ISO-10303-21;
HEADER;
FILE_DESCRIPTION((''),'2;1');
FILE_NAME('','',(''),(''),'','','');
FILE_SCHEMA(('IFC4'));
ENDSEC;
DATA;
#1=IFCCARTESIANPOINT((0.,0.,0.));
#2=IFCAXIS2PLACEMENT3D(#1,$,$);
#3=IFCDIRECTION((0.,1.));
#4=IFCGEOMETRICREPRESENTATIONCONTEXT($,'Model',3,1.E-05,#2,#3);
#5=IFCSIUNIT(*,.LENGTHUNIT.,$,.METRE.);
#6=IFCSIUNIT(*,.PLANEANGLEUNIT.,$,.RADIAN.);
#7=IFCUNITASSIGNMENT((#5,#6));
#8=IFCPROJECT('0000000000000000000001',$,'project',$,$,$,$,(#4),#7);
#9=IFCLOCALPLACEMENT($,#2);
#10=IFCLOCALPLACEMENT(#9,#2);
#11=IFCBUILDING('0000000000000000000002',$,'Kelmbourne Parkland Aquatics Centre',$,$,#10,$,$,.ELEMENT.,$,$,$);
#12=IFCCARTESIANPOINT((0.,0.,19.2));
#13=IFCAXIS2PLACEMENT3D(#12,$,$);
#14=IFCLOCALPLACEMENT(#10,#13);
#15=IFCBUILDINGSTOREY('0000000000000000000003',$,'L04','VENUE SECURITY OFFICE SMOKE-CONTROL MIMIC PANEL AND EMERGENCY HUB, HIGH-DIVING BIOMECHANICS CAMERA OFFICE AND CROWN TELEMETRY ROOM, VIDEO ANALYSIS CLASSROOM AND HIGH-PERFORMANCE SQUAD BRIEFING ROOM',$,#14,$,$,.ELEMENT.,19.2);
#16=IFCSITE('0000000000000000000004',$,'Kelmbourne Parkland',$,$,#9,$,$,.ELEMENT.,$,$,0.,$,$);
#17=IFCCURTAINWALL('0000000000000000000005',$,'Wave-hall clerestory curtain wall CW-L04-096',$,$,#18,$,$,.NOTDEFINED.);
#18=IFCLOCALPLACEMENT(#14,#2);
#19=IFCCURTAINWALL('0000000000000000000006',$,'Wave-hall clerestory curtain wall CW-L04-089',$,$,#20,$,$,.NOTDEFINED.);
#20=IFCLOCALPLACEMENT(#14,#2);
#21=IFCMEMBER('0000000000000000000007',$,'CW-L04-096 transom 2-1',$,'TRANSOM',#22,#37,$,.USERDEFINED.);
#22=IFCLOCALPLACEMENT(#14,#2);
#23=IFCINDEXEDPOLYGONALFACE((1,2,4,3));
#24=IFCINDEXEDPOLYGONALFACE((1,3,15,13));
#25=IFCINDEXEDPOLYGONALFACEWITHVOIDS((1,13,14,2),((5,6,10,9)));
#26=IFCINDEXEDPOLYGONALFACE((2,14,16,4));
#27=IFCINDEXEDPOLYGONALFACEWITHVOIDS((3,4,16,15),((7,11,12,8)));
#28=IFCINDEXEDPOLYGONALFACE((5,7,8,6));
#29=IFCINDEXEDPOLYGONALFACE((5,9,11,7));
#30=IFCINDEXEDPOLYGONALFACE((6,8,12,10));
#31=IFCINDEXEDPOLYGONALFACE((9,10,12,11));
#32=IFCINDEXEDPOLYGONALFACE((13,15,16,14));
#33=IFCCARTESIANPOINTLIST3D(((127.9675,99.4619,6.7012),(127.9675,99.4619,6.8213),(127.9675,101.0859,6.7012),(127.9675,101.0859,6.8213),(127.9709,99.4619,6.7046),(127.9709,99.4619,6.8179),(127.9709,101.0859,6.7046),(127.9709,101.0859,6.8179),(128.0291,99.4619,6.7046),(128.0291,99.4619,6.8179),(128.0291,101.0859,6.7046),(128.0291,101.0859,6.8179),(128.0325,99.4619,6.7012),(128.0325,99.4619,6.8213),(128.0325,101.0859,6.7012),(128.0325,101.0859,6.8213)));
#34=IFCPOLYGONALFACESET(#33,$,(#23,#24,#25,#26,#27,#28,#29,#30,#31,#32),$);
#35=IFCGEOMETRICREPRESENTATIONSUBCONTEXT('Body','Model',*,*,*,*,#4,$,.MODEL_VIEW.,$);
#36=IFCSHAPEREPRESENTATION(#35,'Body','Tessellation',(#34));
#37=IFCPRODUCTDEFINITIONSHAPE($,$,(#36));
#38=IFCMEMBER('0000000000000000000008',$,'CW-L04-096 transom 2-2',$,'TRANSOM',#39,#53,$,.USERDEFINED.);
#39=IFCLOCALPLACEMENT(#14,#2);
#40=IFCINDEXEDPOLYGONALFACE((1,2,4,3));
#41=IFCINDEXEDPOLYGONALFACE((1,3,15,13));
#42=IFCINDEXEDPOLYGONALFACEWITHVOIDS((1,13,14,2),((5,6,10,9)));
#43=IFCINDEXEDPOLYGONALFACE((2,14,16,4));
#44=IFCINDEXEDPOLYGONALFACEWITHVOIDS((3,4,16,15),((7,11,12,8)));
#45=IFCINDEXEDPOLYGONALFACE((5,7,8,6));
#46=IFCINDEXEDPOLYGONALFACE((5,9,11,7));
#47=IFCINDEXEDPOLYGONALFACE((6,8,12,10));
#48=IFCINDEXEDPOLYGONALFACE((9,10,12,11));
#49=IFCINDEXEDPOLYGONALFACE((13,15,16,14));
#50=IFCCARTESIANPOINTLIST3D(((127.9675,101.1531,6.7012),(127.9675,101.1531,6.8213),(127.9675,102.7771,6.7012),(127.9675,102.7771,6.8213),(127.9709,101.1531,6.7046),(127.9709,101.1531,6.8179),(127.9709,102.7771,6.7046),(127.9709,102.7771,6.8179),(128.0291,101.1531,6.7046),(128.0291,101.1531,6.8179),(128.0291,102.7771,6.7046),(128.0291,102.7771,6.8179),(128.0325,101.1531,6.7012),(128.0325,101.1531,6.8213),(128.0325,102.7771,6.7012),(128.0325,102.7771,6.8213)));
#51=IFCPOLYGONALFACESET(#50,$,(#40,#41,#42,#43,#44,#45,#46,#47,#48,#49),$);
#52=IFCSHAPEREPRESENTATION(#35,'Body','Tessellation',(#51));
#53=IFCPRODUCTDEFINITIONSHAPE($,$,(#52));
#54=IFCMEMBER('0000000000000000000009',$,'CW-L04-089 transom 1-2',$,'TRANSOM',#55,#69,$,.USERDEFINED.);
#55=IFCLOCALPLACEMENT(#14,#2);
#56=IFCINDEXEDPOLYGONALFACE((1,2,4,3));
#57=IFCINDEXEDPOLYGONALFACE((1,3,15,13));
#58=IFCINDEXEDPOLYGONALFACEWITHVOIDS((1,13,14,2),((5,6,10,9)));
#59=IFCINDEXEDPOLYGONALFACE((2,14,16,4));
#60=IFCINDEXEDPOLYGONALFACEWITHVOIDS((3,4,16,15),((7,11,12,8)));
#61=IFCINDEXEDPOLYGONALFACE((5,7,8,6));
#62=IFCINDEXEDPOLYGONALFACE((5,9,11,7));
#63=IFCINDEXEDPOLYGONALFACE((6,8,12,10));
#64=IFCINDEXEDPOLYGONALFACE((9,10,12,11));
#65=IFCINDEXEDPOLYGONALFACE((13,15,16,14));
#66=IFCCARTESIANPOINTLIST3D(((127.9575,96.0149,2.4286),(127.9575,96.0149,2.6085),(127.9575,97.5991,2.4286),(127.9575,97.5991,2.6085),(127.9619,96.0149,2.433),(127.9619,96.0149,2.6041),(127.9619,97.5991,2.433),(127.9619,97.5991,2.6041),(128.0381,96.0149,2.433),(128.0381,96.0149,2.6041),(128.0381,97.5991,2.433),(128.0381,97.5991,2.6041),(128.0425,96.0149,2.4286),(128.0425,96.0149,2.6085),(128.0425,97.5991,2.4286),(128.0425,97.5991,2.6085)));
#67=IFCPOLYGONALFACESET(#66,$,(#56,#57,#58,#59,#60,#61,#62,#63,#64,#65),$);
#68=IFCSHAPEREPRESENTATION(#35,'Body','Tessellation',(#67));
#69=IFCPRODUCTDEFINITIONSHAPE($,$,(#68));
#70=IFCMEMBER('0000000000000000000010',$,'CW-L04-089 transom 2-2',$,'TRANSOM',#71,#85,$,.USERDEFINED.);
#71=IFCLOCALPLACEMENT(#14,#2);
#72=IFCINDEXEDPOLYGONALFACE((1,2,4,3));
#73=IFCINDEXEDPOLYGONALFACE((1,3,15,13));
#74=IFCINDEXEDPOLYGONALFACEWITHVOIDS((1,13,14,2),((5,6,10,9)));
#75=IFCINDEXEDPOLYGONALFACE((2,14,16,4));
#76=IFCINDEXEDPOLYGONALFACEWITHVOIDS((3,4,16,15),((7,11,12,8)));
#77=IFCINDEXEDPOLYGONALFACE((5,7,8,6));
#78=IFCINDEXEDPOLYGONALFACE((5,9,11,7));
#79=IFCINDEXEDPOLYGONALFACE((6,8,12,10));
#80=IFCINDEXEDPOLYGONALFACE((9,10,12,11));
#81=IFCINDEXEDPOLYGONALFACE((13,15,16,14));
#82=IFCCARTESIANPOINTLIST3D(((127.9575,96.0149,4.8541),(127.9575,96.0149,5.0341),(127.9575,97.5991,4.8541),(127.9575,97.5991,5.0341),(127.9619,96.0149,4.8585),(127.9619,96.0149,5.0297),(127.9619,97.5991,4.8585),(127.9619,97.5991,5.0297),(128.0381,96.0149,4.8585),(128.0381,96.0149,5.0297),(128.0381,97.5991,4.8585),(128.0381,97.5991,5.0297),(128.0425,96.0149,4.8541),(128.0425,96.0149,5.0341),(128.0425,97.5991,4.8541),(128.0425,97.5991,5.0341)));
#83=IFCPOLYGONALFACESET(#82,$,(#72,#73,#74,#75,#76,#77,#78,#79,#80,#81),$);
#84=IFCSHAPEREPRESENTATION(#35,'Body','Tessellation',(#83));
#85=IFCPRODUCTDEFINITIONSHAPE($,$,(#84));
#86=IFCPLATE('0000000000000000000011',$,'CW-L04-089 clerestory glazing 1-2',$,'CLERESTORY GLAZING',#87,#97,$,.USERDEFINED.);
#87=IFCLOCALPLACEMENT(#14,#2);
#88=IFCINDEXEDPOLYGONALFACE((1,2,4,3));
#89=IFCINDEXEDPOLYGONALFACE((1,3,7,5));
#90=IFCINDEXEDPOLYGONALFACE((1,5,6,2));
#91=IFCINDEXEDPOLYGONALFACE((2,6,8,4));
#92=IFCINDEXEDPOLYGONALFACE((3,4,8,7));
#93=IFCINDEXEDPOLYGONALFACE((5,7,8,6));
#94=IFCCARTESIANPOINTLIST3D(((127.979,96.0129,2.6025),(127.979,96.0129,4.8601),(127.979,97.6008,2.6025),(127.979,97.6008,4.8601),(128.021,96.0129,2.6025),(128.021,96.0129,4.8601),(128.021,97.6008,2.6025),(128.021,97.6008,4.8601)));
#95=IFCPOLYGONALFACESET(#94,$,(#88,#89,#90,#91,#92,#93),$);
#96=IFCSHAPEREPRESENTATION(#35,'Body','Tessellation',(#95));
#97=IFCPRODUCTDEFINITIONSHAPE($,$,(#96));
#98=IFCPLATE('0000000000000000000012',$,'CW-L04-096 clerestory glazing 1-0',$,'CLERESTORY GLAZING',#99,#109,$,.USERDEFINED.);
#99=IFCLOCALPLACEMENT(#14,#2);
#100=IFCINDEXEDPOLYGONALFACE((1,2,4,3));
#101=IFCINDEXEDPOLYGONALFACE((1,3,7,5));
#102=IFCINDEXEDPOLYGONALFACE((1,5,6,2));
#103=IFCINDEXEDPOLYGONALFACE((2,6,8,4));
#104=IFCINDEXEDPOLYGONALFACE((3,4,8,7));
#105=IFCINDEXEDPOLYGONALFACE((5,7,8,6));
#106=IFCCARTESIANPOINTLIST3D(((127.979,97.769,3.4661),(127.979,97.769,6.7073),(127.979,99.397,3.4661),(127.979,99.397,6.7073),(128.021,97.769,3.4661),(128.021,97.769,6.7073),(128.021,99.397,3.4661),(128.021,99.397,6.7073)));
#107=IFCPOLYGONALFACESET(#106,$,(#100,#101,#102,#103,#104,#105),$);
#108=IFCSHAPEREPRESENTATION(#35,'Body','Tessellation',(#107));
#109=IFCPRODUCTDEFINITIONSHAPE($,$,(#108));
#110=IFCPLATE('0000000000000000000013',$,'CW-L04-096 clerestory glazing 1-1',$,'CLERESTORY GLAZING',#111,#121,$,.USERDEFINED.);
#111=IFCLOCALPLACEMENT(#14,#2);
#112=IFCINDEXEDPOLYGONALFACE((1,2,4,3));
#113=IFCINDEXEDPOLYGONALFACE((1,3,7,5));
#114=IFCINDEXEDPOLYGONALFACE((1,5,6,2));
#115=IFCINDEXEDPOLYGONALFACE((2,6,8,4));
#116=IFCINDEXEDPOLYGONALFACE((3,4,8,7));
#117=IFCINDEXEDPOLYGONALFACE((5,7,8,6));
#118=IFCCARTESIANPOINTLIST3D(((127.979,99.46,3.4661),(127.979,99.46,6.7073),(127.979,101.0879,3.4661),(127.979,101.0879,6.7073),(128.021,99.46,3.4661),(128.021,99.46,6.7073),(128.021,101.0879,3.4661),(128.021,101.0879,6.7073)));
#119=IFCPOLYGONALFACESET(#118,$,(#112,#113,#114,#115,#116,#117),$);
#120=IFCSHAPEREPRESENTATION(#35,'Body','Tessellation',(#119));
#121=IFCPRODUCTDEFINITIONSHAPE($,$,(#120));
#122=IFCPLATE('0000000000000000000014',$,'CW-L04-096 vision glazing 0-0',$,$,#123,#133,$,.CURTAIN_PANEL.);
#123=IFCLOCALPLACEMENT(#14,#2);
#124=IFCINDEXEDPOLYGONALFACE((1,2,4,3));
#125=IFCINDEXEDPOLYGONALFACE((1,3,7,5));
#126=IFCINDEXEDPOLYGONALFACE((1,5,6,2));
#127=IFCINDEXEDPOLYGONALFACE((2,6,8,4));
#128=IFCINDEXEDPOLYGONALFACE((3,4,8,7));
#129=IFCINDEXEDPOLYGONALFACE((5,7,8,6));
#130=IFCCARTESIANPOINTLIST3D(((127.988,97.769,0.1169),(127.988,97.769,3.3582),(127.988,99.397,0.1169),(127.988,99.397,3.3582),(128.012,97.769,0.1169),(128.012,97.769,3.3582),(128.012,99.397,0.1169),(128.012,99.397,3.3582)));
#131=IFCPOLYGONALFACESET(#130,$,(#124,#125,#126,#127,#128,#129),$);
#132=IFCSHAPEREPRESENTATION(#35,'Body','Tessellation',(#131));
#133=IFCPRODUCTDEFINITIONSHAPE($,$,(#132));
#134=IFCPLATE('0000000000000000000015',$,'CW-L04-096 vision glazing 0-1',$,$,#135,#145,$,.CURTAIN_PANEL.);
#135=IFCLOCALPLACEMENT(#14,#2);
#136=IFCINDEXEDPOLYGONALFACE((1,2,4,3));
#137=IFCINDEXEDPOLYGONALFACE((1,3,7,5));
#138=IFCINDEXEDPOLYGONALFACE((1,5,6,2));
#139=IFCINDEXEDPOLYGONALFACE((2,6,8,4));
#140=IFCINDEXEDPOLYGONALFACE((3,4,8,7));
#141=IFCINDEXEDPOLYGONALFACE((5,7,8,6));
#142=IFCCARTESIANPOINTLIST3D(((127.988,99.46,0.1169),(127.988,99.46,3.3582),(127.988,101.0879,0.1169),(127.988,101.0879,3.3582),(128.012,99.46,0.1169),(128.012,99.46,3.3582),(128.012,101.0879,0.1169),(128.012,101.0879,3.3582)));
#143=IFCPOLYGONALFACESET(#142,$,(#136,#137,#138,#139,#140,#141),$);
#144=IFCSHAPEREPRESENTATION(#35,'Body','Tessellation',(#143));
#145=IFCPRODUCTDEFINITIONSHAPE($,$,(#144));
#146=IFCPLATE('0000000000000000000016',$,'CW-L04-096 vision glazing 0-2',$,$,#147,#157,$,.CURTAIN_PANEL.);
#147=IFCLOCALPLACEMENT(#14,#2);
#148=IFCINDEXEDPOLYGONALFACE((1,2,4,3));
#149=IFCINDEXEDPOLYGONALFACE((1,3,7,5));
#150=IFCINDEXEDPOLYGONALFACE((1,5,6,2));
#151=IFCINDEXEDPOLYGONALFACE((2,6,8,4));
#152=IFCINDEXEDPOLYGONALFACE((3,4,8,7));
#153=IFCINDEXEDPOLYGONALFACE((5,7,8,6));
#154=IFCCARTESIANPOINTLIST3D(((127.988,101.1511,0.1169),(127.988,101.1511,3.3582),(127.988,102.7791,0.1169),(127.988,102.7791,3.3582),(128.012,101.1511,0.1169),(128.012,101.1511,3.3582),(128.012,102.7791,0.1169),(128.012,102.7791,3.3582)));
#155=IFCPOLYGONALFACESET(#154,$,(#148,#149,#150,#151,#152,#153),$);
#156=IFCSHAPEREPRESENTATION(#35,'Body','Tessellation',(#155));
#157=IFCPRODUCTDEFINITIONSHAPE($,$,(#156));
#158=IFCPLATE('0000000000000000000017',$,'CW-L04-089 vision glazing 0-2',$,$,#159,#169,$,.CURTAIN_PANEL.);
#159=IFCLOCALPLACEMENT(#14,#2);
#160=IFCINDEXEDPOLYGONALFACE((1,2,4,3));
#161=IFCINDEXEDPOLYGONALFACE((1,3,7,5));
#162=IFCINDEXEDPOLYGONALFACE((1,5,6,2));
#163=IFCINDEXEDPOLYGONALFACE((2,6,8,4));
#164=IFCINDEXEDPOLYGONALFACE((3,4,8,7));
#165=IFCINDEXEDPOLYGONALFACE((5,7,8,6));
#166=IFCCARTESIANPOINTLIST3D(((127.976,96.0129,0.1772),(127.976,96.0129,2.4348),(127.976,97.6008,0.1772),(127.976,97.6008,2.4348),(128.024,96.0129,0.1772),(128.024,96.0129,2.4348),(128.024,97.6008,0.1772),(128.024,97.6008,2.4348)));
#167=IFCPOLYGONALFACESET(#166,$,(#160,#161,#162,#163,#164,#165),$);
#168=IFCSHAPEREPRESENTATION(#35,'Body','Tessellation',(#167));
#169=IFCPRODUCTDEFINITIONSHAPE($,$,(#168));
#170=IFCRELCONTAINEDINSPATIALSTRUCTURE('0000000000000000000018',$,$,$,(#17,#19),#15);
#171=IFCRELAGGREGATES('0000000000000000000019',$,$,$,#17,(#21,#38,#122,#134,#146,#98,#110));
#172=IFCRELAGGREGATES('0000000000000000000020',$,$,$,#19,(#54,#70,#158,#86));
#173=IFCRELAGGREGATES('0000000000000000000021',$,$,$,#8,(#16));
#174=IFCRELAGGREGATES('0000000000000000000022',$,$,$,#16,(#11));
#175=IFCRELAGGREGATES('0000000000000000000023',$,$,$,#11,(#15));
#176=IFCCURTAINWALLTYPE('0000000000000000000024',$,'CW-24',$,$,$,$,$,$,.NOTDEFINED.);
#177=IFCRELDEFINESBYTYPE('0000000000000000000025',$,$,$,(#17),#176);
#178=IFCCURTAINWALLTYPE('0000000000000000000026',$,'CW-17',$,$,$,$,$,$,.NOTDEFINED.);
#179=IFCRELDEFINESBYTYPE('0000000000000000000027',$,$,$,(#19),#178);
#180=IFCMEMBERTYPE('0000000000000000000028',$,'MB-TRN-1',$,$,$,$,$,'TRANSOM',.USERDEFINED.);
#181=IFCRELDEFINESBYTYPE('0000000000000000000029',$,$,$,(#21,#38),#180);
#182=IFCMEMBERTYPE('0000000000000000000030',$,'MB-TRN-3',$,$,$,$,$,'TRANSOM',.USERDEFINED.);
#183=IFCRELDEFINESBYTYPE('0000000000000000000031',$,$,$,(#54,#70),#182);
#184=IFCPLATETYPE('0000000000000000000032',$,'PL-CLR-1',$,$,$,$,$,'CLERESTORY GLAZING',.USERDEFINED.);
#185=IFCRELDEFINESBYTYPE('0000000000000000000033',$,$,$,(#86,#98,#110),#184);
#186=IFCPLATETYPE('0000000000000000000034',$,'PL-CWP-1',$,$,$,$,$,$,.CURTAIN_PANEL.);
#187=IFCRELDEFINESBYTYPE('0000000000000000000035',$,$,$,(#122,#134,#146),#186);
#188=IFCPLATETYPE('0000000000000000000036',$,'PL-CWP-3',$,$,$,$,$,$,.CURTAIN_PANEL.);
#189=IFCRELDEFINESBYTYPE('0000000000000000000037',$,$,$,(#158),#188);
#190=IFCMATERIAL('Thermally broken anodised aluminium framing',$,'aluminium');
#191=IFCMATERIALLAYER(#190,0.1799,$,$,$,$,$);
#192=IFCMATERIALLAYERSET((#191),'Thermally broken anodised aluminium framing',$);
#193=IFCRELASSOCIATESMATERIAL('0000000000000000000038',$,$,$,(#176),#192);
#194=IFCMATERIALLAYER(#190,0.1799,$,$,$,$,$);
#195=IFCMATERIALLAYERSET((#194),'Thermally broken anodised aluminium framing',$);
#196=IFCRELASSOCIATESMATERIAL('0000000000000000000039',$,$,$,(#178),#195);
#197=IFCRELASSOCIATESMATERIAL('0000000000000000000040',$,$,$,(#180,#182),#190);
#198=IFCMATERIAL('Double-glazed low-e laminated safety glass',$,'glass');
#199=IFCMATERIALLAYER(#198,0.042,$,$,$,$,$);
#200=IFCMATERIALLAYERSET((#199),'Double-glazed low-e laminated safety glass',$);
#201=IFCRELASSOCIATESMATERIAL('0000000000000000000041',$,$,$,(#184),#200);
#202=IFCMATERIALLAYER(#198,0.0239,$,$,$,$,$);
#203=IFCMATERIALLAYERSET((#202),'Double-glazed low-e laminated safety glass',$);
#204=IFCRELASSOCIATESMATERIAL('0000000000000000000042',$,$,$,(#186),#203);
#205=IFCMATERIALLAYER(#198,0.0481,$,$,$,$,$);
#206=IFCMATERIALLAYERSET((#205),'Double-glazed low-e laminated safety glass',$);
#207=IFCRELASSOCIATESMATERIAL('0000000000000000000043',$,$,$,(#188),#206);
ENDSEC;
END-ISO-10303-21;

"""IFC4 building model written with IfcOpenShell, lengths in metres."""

from ifc_helpers import new_model, si_unit, direction, frame, origin, origin_2d, place, context, subcontext, project, spatial, rectangle, hollow_rectangle, extrude, material, layer, layer_set, material_profile, profile_set, type_object, element, aggregate, save


model = new_model("IFC4")

# Units and contexts
model_context = context("Model", 3, precision=1e-05, world=origin(), true_north=direction((0.0, 1.0)))
body_context = subcontext(model_context, "Body", "Model", "MODEL_VIEW")
ifc_project = project(units=[si_unit("LENGTHUNIT", "METRE"), si_unit("PLANEANGLEUNIT", "RADIAN")], contexts=[model_context])

# Site, building, storey
site_placement = place(None, origin())
site = spatial("IfcSite", under=ifc_project, at=site_placement, Name="Kelmbourne Parkland", CompositionType="ELEMENT", RefElevation=0.0)
building_placement = place(site_placement, origin())
building = spatial("IfcBuilding", under=site, at=building_placement, Name="Kelmbourne Parkland Aquatics Centre", CompositionType="ELEMENT")
storey_placement = place(building_placement, frame((0.0, 0.0, 19.2)))
storey = spatial("IfcBuildingStorey", under=building, at=storey_placement, Name="L04", Description="VENUE SECURITY OFFICE SMOKE-CONTROL MIMIC PANEL AND EMERGENCY HUB, HIGH-DIVING BIOMECHANICS CAMERA OFFICE AND CROWN TELEMETRY ROOM, VIDEO ANALYSIS CLASSROOM AND HIGH-PERFORMANCE SQUAD BRIEFING ROOM", CompositionType="ELEMENT", Elevation=19.2)

# Curtain wall
ifc_material_1 = material(Name="Thermally broken anodised aluminium framing", Category="aluminium")
ifc_layer_1 = layer(ifc_material_1, 0.1799)
ifc_layer_set_1 = layer_set([ifc_layer_1], Name="Thermally broken anodised aluminium framing")
curtain_wall_type_1 = type_object("IfcCurtainWallType", Name="CW-24", PredefinedType="NOTDEFINED", material=ifc_layer_set_1)
curtain_wall_1_placement = place(storey_placement, origin())
curtain_wall_1 = element("IfcCurtainWall", 1, at=curtain_wall_1_placement, inside=storey, type_object=curtain_wall_type_1, Name="Wave-hall clerestory curtain wall CW-L04-096", PredefinedType="NOTDEFINED")

# Curtain wall
ifc_layer_2 = layer(ifc_material_1, 0.1799)
ifc_layer_set_2 = layer_set([ifc_layer_2], Name="Thermally broken anodised aluminium framing")
curtain_wall_type_2 = type_object("IfcCurtainWallType", Name="CW-17", PredefinedType="NOTDEFINED", material=ifc_layer_set_2)
curtain_wall_2_placement = place(storey_placement, origin())
curtain_wall_2 = element("IfcCurtainWall", 2, at=curtain_wall_2_placement, inside=storey, type_object=curtain_wall_type_2, Name="Wave-hall clerestory curtain wall CW-L04-089", PredefinedType="NOTDEFINED")

# Members
ifc_material_profile_1 = material_profile(ifc_material_1, hollow_rectangle(XDim=0.0649, YDim=0.1201, WallThickness=0.0034, at=origin_2d()), Name="CW-T 65x120")
ifc_profile_set_1 = profile_set([ifc_material_profile_1], Name="Thermally broken anodised aluminium framing")
member_type_1 = type_object("IfcMemberType", Name="MB-TRN-1", ElementType="TRANSOM", PredefinedType="USERDEFINED", material=ifc_profile_set_1)
member_1_placement = place(storey_placement, frame((128.0, 99.4619, 6.7612), z_axis=(0.0, 1.0, 0.0), x_axis=(-1.0, 0.0, 0.0)))
member_1 = element("IfcMember", 3, at=member_1_placement, type_object=member_type_1, Name="CW-L04-096 transom 2-1", ObjectType="TRANSOM", PredefinedType="USERDEFINED", context=body_context, shape_type="SweptSolid", body=[
    extrude(hollow_rectangle(XDim=0.0649, YDim=0.1201, WallThickness=0.0034, at=origin_2d()), origin(), (0.0, 0.0, 1.0), 1.624),
])
member_2_placement = place(storey_placement, frame((128.0, 101.1531, 6.7612), z_axis=(0.0, 1.0, 0.0), x_axis=(-1.0, 0.0, 0.0)))
member_2 = element("IfcMember", 4, at=member_2_placement, type_object=member_type_1, Name="CW-L04-096 transom 2-2", ObjectType="TRANSOM", PredefinedType="USERDEFINED", context=body_context, shape_type="SweptSolid", body=[
    extrude(hollow_rectangle(XDim=0.0649, YDim=0.1201, WallThickness=0.0034, at=origin_2d()), origin(), (0.0, 0.0, 1.0), 1.624),
])
ifc_material_profile_2 = material_profile(ifc_material_1, hollow_rectangle(XDim=0.085, YDim=0.1799, WallThickness=0.0044, at=origin_2d()), Name="CW-T 85x180")
ifc_profile_set_2 = profile_set([ifc_material_profile_2], Name="Thermally broken anodised aluminium framing")
member_type_2 = type_object("IfcMemberType", Name="MB-TRN-3", ElementType="TRANSOM", PredefinedType="USERDEFINED", material=ifc_profile_set_2)
member_3_placement = place(storey_placement, frame((128.0, 96.0149, 2.5186), z_axis=(0.0, 1.0, 0.0), x_axis=(-1.0, 0.0, 0.0)))
member_3 = element("IfcMember", 5, at=member_3_placement, type_object=member_type_2, Name="CW-L04-089 transom 1-2", ObjectType="TRANSOM", PredefinedType="USERDEFINED", context=body_context, shape_type="SweptSolid", body=[
    extrude(hollow_rectangle(XDim=0.085, YDim=0.1799, WallThickness=0.0044, at=origin_2d()), origin(), (0.0, 0.0, 1.0), 1.5842),
])
member_4_placement = place(storey_placement, frame((128.0, 96.0149, 4.9441), z_axis=(0.0, 1.0, 0.0), x_axis=(-1.0, 0.0, 0.0)))
member_4 = element("IfcMember", 6, at=member_4_placement, type_object=member_type_2, Name="CW-L04-089 transom 2-2", ObjectType="TRANSOM", PredefinedType="USERDEFINED", context=body_context, shape_type="SweptSolid", body=[
    extrude(hollow_rectangle(XDim=0.085, YDim=0.1799, WallThickness=0.0044, at=origin_2d()), origin(), (0.0, 0.0, 1.0), 1.5842),
])

# Plates
ifc_material_2 = material(Name="Double-glazed low-e laminated safety glass", Category="glass")
ifc_layer_3 = layer(ifc_material_2, 0.042)
ifc_layer_set_3 = layer_set([ifc_layer_3], Name="Double-glazed low-e laminated safety glass")
plate_type_1 = type_object("IfcPlateType", Name="PL-CLR-1", ElementType="CLERESTORY GLAZING", PredefinedType="USERDEFINED", material=ifc_layer_set_3)
plate_1_placement = place(storey_placement, frame((128.0, 96.8069, 2.6025), z_axis=(0.0, 0.0, 1.0), x_axis=(0.0, 1.0, 0.0)))
plate_1 = element("IfcPlate", 7, at=plate_1_placement, type_object=plate_type_1, Name="CW-L04-089 clerestory glazing 1-2", ObjectType="CLERESTORY GLAZING", PredefinedType="USERDEFINED", context=body_context, shape_type="SweptSolid", body=[
    extrude(rectangle(XDim=1.5879, YDim=0.042, at=origin_2d()), origin(), (0.0, 0.0, 1.0), 2.2576),
])
plate_2_placement = place(storey_placement, frame((128.0, 98.583, 3.4661), z_axis=(0.0, 0.0, 1.0), x_axis=(0.0, 1.0, 0.0)))
plate_2 = element("IfcPlate", 8, at=plate_2_placement, type_object=plate_type_1, Name="CW-L04-096 clerestory glazing 1-0", ObjectType="CLERESTORY GLAZING", PredefinedType="USERDEFINED", context=body_context, shape_type="SweptSolid", body=[
    extrude(rectangle(XDim=1.6279, YDim=0.042, at=origin_2d()), origin(), (0.0, 0.0, 1.0), 3.2412),
])
plate_3_placement = place(storey_placement, frame((128.0, 100.2739, 3.4661), z_axis=(0.0, 0.0, 1.0), x_axis=(0.0, 1.0, 0.0)))
plate_3 = element("IfcPlate", 9, at=plate_3_placement, type_object=plate_type_1, Name="CW-L04-096 clerestory glazing 1-1", ObjectType="CLERESTORY GLAZING", PredefinedType="USERDEFINED", context=body_context, shape_type="SweptSolid", body=[
    extrude(rectangle(XDim=1.6279, YDim=0.042, at=origin_2d()), origin(), (0.0, 0.0, 1.0), 3.2412),
])
ifc_layer_4 = layer(ifc_material_2, 0.0239)
ifc_layer_set_4 = layer_set([ifc_layer_4], Name="Double-glazed low-e laminated safety glass")
plate_type_2 = type_object("IfcPlateType", Name="PL-CWP-1", PredefinedType="CURTAIN_PANEL", material=ifc_layer_set_4)
plate_4_placement = place(storey_placement, frame((128.0, 98.583, 0.1169), z_axis=(0.0, 0.0, 1.0), x_axis=(0.0, 1.0, 0.0)))
plate_4 = element("IfcPlate", 10, at=plate_4_placement, type_object=plate_type_2, Name="CW-L04-096 vision glazing 0-0", PredefinedType="CURTAIN_PANEL", context=body_context, shape_type="SweptSolid", body=[
    extrude(rectangle(XDim=1.6279, YDim=0.0239, at=origin_2d()), origin(), (0.0, 0.0, 1.0), 3.2412),
])
plate_5_placement = place(storey_placement, frame((128.0, 100.2739, 0.1169), z_axis=(0.0, 0.0, 1.0), x_axis=(0.0, 1.0, 0.0)))
plate_5 = element("IfcPlate", 11, at=plate_5_placement, type_object=plate_type_2, Name="CW-L04-096 vision glazing 0-1", PredefinedType="CURTAIN_PANEL", context=body_context, shape_type="SweptSolid", body=[
    extrude(rectangle(XDim=1.6279, YDim=0.0239, at=origin_2d()), origin(), (0.0, 0.0, 1.0), 3.2412),
])
plate_6_placement = place(storey_placement, frame((128.0, 101.9651, 0.1169), z_axis=(0.0, 0.0, 1.0), x_axis=(0.0, 1.0, 0.0)))
plate_6 = element("IfcPlate", 12, at=plate_6_placement, type_object=plate_type_2, Name="CW-L04-096 vision glazing 0-2", PredefinedType="CURTAIN_PANEL", context=body_context, shape_type="SweptSolid", body=[
    extrude(rectangle(XDim=1.6279, YDim=0.0239, at=origin_2d()), origin(), (0.0, 0.0, 1.0), 3.2412),
])
aggregate(curtain_wall_1, [member_1, member_2, plate_4, plate_5, plate_6, plate_2, plate_3])
ifc_layer_5 = layer(ifc_material_2, 0.0481)
ifc_layer_set_5 = layer_set([ifc_layer_5], Name="Double-glazed low-e laminated safety glass")
plate_type_3 = type_object("IfcPlateType", Name="PL-CWP-3", PredefinedType="CURTAIN_PANEL", material=ifc_layer_set_5)
plate_7_placement = place(storey_placement, frame((128.0, 96.8069, 0.1772), z_axis=(0.0, 0.0, 1.0), x_axis=(0.0, 1.0, 0.0)))
plate_7 = element("IfcPlate", 13, at=plate_7_placement, type_object=plate_type_3, Name="CW-L04-089 vision glazing 0-2", PredefinedType="CURTAIN_PANEL", context=body_context, shape_type="SweptSolid", body=[
    extrude(rectangle(XDim=1.5879, YDim=0.0481, at=origin_2d()), origin(), (0.0, 0.0, 1.0), 2.2576),
])
aggregate(curtain_wall_2, [member_3, member_4, plate_7, plate_1])

save(model, "model.ifc")
